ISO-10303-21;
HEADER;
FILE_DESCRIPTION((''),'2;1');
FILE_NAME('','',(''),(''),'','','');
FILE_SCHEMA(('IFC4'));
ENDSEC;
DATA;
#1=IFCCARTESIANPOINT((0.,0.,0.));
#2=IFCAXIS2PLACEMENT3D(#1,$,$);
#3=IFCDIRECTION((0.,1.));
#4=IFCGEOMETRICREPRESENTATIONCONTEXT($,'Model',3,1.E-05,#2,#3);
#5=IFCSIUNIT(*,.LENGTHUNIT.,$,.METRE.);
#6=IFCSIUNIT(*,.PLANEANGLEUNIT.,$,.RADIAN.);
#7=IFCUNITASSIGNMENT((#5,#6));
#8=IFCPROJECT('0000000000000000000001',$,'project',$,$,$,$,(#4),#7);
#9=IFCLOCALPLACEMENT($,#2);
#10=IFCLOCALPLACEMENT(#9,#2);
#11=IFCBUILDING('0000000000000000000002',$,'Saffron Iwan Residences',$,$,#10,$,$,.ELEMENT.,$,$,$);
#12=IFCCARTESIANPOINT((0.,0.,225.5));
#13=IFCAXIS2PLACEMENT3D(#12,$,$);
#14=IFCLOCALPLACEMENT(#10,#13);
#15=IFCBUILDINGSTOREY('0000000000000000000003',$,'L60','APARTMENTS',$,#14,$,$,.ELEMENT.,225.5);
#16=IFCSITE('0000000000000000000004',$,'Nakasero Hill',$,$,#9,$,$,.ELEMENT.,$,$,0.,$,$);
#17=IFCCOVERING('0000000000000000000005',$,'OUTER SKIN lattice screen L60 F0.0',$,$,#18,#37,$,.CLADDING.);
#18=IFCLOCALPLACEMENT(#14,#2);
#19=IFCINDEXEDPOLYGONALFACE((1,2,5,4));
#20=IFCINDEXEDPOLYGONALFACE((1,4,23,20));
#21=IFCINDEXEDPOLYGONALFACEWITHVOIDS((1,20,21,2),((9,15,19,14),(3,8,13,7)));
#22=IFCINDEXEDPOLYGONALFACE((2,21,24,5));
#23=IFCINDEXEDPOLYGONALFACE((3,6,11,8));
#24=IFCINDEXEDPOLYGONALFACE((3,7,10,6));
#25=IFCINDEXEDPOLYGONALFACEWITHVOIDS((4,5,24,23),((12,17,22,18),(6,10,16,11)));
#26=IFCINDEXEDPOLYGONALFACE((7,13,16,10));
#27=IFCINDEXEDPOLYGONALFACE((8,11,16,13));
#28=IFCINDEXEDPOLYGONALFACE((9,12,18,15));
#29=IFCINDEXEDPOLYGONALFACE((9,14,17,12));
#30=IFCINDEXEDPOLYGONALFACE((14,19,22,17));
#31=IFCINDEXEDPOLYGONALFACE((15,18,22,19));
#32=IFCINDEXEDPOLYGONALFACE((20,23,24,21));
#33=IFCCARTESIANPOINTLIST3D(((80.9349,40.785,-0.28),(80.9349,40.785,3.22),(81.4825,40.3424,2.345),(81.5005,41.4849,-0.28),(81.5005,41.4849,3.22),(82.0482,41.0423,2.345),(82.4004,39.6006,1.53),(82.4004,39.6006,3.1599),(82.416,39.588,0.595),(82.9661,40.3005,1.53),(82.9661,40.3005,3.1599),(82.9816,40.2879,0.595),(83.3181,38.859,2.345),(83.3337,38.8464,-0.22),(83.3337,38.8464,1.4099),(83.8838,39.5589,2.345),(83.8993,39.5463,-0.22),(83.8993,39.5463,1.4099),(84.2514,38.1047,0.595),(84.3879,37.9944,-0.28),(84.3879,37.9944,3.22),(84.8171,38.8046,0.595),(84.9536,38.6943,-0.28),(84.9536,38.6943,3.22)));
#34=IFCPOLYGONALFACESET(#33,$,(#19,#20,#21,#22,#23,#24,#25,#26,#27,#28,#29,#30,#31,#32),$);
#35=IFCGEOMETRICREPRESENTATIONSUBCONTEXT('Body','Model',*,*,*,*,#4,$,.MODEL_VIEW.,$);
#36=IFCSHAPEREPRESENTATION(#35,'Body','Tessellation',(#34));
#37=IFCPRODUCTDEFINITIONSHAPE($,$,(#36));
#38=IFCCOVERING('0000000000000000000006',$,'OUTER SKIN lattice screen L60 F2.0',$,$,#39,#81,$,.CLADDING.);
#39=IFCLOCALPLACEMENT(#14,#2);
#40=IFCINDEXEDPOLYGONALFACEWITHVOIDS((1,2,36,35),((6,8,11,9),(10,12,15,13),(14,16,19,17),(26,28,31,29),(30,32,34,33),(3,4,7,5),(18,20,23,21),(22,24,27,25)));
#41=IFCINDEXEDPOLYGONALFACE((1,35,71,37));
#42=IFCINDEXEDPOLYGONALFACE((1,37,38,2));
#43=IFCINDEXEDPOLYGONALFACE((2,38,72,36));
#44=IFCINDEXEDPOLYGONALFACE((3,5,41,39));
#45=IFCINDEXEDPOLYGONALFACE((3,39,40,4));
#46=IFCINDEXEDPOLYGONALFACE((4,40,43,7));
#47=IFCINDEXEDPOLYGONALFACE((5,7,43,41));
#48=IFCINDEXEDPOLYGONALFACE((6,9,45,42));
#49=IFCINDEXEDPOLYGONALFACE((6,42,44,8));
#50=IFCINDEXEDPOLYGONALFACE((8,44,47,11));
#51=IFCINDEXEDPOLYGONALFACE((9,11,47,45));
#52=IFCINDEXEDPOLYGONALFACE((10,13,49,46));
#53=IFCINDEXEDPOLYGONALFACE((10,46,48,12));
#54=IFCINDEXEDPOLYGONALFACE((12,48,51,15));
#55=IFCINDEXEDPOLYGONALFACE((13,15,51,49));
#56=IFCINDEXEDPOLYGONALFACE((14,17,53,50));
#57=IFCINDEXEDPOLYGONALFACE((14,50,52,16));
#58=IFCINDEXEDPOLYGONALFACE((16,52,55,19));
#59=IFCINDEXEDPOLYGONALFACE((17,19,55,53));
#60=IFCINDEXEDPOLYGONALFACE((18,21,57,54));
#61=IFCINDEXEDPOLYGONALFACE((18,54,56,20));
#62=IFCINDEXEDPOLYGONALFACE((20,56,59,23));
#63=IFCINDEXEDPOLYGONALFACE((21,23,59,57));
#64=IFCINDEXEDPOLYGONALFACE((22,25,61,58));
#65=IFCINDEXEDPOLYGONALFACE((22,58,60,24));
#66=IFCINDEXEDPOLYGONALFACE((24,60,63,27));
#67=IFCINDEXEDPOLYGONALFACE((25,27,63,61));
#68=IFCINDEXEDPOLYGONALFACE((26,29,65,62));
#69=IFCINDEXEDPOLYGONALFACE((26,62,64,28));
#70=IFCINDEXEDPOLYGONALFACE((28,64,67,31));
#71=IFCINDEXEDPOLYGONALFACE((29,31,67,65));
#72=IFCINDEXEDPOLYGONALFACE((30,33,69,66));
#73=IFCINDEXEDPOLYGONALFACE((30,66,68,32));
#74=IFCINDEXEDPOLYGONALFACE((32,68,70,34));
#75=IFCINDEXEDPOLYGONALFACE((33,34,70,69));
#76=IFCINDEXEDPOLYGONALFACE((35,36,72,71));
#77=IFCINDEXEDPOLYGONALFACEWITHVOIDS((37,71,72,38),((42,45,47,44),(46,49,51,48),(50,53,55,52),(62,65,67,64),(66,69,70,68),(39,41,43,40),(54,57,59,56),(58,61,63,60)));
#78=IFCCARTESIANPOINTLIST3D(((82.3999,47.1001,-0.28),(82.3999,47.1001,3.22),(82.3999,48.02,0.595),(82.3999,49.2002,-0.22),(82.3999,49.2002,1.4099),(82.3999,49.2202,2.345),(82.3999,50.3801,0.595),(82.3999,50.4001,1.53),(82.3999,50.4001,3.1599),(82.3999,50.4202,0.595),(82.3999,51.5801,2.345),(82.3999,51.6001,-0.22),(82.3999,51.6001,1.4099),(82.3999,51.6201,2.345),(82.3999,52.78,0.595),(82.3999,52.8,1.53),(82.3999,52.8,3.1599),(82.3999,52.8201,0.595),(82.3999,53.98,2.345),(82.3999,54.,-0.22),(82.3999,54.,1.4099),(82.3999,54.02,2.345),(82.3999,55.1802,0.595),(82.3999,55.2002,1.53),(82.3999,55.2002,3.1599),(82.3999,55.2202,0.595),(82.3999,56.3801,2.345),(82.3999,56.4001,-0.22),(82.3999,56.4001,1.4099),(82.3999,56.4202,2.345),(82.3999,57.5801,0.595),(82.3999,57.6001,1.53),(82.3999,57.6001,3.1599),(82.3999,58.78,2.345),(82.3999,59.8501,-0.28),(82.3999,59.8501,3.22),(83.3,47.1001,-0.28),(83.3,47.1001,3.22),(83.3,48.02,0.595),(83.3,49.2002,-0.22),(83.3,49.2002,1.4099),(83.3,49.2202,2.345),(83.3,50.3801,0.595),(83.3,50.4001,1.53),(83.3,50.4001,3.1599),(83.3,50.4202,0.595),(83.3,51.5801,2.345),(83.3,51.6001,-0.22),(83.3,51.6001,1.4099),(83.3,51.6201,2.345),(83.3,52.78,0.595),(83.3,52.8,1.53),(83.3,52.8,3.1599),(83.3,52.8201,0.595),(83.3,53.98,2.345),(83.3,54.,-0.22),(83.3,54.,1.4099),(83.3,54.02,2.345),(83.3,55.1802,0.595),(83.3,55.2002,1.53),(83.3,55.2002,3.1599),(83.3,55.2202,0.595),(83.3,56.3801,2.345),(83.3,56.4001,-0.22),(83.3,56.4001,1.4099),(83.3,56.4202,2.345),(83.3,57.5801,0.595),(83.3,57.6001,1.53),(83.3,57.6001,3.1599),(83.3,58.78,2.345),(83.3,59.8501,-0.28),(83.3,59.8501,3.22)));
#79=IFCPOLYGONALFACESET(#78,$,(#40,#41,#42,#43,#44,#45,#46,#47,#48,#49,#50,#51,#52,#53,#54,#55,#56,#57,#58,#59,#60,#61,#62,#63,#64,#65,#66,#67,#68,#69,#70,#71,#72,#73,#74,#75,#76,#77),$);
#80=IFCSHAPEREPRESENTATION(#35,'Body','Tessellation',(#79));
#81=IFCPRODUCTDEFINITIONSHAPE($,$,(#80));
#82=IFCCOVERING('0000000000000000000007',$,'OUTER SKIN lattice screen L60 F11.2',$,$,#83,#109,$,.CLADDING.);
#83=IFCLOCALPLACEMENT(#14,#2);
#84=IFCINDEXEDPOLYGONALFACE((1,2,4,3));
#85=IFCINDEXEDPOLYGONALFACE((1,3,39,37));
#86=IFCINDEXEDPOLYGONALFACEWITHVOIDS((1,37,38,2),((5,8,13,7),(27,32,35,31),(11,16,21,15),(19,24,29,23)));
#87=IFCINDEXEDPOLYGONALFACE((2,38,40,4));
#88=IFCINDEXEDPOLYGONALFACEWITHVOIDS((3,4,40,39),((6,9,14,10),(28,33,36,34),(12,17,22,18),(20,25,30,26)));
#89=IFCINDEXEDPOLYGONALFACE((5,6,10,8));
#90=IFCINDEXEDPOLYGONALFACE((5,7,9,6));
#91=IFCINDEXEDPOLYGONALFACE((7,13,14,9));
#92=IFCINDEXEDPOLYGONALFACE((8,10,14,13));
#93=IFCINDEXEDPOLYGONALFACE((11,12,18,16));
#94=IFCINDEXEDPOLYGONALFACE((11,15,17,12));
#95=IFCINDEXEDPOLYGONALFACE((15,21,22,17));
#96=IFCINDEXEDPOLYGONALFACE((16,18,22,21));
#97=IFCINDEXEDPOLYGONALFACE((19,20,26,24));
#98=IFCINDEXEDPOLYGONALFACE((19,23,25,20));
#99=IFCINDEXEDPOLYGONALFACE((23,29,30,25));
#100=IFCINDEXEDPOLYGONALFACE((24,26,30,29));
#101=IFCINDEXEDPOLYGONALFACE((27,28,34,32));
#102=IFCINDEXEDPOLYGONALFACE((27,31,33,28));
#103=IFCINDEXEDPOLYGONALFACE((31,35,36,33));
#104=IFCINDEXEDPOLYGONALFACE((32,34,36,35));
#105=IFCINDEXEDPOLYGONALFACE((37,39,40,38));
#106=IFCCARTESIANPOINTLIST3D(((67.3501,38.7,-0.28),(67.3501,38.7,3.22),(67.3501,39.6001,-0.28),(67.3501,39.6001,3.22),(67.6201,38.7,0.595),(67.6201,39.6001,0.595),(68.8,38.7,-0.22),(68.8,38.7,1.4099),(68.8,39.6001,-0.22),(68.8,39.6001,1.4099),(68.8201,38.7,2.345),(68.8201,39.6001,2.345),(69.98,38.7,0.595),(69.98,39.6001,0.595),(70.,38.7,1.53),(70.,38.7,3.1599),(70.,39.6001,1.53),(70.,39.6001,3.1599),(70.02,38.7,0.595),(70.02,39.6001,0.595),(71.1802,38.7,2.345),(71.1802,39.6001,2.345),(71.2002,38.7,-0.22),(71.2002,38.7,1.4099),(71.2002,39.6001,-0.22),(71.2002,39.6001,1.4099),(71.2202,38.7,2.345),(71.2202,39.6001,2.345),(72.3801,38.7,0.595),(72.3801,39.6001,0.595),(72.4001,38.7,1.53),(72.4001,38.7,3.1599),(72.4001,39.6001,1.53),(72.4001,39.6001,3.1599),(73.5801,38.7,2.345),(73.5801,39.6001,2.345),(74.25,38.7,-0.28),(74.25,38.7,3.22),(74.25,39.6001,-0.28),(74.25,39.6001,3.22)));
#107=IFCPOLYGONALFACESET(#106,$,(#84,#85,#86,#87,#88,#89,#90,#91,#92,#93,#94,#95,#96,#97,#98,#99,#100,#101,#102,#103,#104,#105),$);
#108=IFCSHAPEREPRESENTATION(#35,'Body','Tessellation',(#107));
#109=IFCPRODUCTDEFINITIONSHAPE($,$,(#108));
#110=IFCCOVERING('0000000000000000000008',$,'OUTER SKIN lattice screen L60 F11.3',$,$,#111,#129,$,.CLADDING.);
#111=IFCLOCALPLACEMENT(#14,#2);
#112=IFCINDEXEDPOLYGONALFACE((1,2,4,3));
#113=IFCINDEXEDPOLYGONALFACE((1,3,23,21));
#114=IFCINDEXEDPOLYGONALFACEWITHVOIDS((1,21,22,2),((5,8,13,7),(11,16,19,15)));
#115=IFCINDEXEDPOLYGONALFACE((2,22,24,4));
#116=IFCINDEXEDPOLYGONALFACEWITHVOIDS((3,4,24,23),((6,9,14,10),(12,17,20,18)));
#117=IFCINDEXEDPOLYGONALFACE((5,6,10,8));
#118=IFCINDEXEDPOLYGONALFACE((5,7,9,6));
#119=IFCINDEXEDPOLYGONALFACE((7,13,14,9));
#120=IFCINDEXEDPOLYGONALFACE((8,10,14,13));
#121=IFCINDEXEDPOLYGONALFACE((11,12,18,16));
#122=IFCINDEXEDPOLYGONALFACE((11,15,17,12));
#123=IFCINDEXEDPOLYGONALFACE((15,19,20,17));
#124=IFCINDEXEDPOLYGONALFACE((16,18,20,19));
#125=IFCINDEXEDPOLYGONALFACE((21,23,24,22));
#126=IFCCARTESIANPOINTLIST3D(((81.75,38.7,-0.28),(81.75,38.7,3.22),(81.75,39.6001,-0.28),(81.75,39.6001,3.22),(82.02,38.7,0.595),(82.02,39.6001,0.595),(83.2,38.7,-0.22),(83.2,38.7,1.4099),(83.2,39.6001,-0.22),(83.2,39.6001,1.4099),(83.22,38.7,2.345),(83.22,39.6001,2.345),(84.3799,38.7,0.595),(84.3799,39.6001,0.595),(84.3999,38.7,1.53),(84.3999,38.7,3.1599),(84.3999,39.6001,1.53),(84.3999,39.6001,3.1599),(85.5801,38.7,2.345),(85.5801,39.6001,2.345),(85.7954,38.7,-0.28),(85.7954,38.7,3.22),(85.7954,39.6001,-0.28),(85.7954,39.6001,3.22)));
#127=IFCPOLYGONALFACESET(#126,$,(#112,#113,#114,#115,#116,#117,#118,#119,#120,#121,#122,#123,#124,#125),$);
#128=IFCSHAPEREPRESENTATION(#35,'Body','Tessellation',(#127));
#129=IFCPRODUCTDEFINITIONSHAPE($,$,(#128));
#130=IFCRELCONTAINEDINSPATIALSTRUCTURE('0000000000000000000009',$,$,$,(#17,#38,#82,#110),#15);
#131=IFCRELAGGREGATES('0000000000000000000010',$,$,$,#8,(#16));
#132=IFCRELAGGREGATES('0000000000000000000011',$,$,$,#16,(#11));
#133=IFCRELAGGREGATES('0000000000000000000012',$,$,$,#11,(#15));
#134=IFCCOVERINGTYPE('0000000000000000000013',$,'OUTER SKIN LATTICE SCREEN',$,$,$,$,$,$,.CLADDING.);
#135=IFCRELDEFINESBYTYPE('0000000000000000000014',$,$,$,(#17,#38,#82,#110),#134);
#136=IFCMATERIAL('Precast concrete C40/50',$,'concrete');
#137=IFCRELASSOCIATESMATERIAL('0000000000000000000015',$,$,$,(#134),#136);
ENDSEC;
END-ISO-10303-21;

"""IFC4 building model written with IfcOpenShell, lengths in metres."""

from ifc_helpers import new_model, si_unit, direction, frame, origin, place, context, subcontext, project, spatial, polyline, outline, extrude, material, type_object, element, save


model = new_model("IFC4")

# Units and contexts
model_context = context("Model", 3, precision=1e-05, world=origin(), true_north=direction((0.0, 1.0)))
body_context = subcontext(model_context, "Body", "Model", "MODEL_VIEW")
ifc_project = project(units=[si_unit("LENGTHUNIT", "METRE"), si_unit("PLANEANGLEUNIT", "RADIAN")], contexts=[model_context])

# Site, building, storey
site_placement = place(None, origin())
site = spatial("IfcSite", under=ifc_project, at=site_placement, Name="Nakasero Hill", CompositionType="ELEMENT", RefElevation=0.0)
building_placement = place(site_placement, origin())
building = spatial("IfcBuilding", under=site, at=building_placement, Name="Saffron Iwan Residences", CompositionType="ELEMENT")
storey_placement = place(building_placement, frame((0.0, 0.0, 225.5)))
storey = spatial("IfcBuildingStorey", under=building, at=storey_placement, Name="L60", Description="APARTMENTS", CompositionType="ELEMENT", Elevation=225.5)

# Coverings
ifc_material_1 = material(Name="Precast concrete C40/50", Category="concrete")
covering_type = type_object("IfcCoveringType", Name="OUTER SKIN LATTICE SCREEN", PredefinedType="CLADDING", material=ifc_material_1)
covering_1_placement = place(storey_placement, frame((84.3879, 37.9944, -0.28), z_axis=(0.628558, 0.777763, 0.0), x_axis=(-0.777763, 0.628558, 0.0)))
element("IfcCovering", 1, at=covering_1_placement, inside=storey, type_object=covering_type, Name="OUTER SKIN lattice screen L60 F0.0", PredefinedType="CLADDING", context=body_context, shape_type="SweptSolid", body=[
    extrude(outline(polyline([(0.0, 0.0), (4.4397, 0.0), (4.4397, 3.5), (0.0, 3.5), (0.0, 0.0)]), holes=[polyline([(0.1755, 0.875), (1.3555, 0.0601), (2.5354, 0.875), (1.3555, 1.6899), (0.1755, 0.875)]), polyline([(1.3755, 2.625), (2.5554, 1.8101), (3.7356, 2.625), (2.5554, 3.4399), (1.3755, 2.625)])]), origin(), (0.0, 0.0, 1.0), 0.8999),
])
covering_2_placement = place(storey_placement, frame((82.3999, 47.1001, -0.28), z_axis=(1.0, 0.0, 0.0), x_axis=(0.0, 1.0, 0.0)))
element("IfcCovering", 2, at=covering_2_placement, inside=storey, type_object=covering_type, Name="OUTER SKIN lattice screen L60 F2.0", PredefinedType="CLADDING", context=body_context, shape_type="SweptSolid", body=[
    extrude(outline(polyline([(0.0, 0.0), (12.75, 0.0), (12.75, 3.5), (0.0, 3.5), (0.0, 0.0)]), holes=[polyline([(0.9199, 0.875), (2.1001, 0.0601), (3.28, 0.875), (2.1001, 1.6899), (0.9199, 0.875)]), polyline([(3.3201, 0.875), (4.5, 0.0601), (5.6799, 0.875), (4.5, 1.6899), (3.3201, 0.875)]), polyline([(5.72, 0.875), (6.8999, 0.0601), (8.0801, 0.875), (6.8999, 1.6899), (5.72, 0.875)]), polyline([(8.1201, 0.875), (9.3, 0.0601), (10.48, 0.875), (9.3, 1.6899), (8.1201, 0.875)]), polyline([(2.1201, 2.625), (3.3, 1.8101), (4.48, 2.625), (3.3, 3.4399), (2.1201, 2.625)]), polyline([(4.52, 2.625), (5.7, 1.8101), (6.8799, 2.625), (5.7, 3.4399), (4.52, 2.625)]), polyline([(6.9199, 2.625), (8.1001, 1.8101), (9.28, 2.625), (8.1001, 3.4399), (6.9199, 2.625)]), polyline([(9.3201, 2.625), (10.5, 1.8101), (11.6799, 2.625), (10.5, 3.4399), (9.3201, 2.625)])]), origin(), (0.0, 0.0, 1.0), 0.9001),
])
covering_3_placement = place(storey_placement, frame((67.3501, 39.6001, -0.28), z_axis=(0.0, -1.0, 0.0), x_axis=(1.0, 0.0, 0.0)))
element("IfcCovering", 3, at=covering_3_placement, inside=storey, type_object=covering_type, Name="OUTER SKIN lattice screen L60 F11.2", PredefinedType="CLADDING", context=body_context, shape_type="SweptSolid", body=[
    extrude(outline(polyline([(0.0, 0.0), (6.8999, 0.0), (6.8999, 3.5), (0.0, 3.5), (0.0, 0.0)]), holes=[polyline([(0.27, 0.875), (1.45, 0.0601), (2.6299, 0.875), (1.45, 1.6899), (0.27, 0.875)]), polyline([(2.6699, 0.875), (3.8501, 0.0601), (5.03, 0.875), (3.8501, 1.6899), (2.6699, 0.875)]), polyline([(1.47, 2.625), (2.6499, 1.8101), (3.8301, 2.625), (2.6499, 3.4399), (1.47, 2.625)]), polyline([(3.8701, 2.625), (5.05, 1.8101), (6.23, 2.625), (5.05, 3.4399), (3.8701, 2.625)])]), origin(), (0.0, 0.0, 1.0), 0.9001),
])
covering_4_placement = place(storey_placement, frame((81.75, 39.6001, -0.28), z_axis=(0.0, -1.0, 0.0), x_axis=(1.0, 0.0, 0.0)))
element("IfcCovering", 4, at=covering_4_placement, inside=storey, type_object=covering_type, Name="OUTER SKIN lattice screen L60 F11.3", PredefinedType="CLADDING", context=body_context, shape_type="SweptSolid", body=[
    extrude(outline(polyline([(0.0, 0.0), (4.0454, 0.0), (4.0454, 3.5), (0.0, 3.5), (0.0, 0.0)]), holes=[polyline([(0.27, 0.875), (1.45, 0.0601), (2.6299, 0.875), (1.45, 1.6899), (0.27, 0.875)]), polyline([(1.47, 2.625), (2.6499, 1.8101), (3.8301, 2.625), (2.6499, 3.4399), (1.47, 2.625)])]), origin(), (0.0, 0.0, 1.0), 0.9001),
])

save(model, "model.ifc")
